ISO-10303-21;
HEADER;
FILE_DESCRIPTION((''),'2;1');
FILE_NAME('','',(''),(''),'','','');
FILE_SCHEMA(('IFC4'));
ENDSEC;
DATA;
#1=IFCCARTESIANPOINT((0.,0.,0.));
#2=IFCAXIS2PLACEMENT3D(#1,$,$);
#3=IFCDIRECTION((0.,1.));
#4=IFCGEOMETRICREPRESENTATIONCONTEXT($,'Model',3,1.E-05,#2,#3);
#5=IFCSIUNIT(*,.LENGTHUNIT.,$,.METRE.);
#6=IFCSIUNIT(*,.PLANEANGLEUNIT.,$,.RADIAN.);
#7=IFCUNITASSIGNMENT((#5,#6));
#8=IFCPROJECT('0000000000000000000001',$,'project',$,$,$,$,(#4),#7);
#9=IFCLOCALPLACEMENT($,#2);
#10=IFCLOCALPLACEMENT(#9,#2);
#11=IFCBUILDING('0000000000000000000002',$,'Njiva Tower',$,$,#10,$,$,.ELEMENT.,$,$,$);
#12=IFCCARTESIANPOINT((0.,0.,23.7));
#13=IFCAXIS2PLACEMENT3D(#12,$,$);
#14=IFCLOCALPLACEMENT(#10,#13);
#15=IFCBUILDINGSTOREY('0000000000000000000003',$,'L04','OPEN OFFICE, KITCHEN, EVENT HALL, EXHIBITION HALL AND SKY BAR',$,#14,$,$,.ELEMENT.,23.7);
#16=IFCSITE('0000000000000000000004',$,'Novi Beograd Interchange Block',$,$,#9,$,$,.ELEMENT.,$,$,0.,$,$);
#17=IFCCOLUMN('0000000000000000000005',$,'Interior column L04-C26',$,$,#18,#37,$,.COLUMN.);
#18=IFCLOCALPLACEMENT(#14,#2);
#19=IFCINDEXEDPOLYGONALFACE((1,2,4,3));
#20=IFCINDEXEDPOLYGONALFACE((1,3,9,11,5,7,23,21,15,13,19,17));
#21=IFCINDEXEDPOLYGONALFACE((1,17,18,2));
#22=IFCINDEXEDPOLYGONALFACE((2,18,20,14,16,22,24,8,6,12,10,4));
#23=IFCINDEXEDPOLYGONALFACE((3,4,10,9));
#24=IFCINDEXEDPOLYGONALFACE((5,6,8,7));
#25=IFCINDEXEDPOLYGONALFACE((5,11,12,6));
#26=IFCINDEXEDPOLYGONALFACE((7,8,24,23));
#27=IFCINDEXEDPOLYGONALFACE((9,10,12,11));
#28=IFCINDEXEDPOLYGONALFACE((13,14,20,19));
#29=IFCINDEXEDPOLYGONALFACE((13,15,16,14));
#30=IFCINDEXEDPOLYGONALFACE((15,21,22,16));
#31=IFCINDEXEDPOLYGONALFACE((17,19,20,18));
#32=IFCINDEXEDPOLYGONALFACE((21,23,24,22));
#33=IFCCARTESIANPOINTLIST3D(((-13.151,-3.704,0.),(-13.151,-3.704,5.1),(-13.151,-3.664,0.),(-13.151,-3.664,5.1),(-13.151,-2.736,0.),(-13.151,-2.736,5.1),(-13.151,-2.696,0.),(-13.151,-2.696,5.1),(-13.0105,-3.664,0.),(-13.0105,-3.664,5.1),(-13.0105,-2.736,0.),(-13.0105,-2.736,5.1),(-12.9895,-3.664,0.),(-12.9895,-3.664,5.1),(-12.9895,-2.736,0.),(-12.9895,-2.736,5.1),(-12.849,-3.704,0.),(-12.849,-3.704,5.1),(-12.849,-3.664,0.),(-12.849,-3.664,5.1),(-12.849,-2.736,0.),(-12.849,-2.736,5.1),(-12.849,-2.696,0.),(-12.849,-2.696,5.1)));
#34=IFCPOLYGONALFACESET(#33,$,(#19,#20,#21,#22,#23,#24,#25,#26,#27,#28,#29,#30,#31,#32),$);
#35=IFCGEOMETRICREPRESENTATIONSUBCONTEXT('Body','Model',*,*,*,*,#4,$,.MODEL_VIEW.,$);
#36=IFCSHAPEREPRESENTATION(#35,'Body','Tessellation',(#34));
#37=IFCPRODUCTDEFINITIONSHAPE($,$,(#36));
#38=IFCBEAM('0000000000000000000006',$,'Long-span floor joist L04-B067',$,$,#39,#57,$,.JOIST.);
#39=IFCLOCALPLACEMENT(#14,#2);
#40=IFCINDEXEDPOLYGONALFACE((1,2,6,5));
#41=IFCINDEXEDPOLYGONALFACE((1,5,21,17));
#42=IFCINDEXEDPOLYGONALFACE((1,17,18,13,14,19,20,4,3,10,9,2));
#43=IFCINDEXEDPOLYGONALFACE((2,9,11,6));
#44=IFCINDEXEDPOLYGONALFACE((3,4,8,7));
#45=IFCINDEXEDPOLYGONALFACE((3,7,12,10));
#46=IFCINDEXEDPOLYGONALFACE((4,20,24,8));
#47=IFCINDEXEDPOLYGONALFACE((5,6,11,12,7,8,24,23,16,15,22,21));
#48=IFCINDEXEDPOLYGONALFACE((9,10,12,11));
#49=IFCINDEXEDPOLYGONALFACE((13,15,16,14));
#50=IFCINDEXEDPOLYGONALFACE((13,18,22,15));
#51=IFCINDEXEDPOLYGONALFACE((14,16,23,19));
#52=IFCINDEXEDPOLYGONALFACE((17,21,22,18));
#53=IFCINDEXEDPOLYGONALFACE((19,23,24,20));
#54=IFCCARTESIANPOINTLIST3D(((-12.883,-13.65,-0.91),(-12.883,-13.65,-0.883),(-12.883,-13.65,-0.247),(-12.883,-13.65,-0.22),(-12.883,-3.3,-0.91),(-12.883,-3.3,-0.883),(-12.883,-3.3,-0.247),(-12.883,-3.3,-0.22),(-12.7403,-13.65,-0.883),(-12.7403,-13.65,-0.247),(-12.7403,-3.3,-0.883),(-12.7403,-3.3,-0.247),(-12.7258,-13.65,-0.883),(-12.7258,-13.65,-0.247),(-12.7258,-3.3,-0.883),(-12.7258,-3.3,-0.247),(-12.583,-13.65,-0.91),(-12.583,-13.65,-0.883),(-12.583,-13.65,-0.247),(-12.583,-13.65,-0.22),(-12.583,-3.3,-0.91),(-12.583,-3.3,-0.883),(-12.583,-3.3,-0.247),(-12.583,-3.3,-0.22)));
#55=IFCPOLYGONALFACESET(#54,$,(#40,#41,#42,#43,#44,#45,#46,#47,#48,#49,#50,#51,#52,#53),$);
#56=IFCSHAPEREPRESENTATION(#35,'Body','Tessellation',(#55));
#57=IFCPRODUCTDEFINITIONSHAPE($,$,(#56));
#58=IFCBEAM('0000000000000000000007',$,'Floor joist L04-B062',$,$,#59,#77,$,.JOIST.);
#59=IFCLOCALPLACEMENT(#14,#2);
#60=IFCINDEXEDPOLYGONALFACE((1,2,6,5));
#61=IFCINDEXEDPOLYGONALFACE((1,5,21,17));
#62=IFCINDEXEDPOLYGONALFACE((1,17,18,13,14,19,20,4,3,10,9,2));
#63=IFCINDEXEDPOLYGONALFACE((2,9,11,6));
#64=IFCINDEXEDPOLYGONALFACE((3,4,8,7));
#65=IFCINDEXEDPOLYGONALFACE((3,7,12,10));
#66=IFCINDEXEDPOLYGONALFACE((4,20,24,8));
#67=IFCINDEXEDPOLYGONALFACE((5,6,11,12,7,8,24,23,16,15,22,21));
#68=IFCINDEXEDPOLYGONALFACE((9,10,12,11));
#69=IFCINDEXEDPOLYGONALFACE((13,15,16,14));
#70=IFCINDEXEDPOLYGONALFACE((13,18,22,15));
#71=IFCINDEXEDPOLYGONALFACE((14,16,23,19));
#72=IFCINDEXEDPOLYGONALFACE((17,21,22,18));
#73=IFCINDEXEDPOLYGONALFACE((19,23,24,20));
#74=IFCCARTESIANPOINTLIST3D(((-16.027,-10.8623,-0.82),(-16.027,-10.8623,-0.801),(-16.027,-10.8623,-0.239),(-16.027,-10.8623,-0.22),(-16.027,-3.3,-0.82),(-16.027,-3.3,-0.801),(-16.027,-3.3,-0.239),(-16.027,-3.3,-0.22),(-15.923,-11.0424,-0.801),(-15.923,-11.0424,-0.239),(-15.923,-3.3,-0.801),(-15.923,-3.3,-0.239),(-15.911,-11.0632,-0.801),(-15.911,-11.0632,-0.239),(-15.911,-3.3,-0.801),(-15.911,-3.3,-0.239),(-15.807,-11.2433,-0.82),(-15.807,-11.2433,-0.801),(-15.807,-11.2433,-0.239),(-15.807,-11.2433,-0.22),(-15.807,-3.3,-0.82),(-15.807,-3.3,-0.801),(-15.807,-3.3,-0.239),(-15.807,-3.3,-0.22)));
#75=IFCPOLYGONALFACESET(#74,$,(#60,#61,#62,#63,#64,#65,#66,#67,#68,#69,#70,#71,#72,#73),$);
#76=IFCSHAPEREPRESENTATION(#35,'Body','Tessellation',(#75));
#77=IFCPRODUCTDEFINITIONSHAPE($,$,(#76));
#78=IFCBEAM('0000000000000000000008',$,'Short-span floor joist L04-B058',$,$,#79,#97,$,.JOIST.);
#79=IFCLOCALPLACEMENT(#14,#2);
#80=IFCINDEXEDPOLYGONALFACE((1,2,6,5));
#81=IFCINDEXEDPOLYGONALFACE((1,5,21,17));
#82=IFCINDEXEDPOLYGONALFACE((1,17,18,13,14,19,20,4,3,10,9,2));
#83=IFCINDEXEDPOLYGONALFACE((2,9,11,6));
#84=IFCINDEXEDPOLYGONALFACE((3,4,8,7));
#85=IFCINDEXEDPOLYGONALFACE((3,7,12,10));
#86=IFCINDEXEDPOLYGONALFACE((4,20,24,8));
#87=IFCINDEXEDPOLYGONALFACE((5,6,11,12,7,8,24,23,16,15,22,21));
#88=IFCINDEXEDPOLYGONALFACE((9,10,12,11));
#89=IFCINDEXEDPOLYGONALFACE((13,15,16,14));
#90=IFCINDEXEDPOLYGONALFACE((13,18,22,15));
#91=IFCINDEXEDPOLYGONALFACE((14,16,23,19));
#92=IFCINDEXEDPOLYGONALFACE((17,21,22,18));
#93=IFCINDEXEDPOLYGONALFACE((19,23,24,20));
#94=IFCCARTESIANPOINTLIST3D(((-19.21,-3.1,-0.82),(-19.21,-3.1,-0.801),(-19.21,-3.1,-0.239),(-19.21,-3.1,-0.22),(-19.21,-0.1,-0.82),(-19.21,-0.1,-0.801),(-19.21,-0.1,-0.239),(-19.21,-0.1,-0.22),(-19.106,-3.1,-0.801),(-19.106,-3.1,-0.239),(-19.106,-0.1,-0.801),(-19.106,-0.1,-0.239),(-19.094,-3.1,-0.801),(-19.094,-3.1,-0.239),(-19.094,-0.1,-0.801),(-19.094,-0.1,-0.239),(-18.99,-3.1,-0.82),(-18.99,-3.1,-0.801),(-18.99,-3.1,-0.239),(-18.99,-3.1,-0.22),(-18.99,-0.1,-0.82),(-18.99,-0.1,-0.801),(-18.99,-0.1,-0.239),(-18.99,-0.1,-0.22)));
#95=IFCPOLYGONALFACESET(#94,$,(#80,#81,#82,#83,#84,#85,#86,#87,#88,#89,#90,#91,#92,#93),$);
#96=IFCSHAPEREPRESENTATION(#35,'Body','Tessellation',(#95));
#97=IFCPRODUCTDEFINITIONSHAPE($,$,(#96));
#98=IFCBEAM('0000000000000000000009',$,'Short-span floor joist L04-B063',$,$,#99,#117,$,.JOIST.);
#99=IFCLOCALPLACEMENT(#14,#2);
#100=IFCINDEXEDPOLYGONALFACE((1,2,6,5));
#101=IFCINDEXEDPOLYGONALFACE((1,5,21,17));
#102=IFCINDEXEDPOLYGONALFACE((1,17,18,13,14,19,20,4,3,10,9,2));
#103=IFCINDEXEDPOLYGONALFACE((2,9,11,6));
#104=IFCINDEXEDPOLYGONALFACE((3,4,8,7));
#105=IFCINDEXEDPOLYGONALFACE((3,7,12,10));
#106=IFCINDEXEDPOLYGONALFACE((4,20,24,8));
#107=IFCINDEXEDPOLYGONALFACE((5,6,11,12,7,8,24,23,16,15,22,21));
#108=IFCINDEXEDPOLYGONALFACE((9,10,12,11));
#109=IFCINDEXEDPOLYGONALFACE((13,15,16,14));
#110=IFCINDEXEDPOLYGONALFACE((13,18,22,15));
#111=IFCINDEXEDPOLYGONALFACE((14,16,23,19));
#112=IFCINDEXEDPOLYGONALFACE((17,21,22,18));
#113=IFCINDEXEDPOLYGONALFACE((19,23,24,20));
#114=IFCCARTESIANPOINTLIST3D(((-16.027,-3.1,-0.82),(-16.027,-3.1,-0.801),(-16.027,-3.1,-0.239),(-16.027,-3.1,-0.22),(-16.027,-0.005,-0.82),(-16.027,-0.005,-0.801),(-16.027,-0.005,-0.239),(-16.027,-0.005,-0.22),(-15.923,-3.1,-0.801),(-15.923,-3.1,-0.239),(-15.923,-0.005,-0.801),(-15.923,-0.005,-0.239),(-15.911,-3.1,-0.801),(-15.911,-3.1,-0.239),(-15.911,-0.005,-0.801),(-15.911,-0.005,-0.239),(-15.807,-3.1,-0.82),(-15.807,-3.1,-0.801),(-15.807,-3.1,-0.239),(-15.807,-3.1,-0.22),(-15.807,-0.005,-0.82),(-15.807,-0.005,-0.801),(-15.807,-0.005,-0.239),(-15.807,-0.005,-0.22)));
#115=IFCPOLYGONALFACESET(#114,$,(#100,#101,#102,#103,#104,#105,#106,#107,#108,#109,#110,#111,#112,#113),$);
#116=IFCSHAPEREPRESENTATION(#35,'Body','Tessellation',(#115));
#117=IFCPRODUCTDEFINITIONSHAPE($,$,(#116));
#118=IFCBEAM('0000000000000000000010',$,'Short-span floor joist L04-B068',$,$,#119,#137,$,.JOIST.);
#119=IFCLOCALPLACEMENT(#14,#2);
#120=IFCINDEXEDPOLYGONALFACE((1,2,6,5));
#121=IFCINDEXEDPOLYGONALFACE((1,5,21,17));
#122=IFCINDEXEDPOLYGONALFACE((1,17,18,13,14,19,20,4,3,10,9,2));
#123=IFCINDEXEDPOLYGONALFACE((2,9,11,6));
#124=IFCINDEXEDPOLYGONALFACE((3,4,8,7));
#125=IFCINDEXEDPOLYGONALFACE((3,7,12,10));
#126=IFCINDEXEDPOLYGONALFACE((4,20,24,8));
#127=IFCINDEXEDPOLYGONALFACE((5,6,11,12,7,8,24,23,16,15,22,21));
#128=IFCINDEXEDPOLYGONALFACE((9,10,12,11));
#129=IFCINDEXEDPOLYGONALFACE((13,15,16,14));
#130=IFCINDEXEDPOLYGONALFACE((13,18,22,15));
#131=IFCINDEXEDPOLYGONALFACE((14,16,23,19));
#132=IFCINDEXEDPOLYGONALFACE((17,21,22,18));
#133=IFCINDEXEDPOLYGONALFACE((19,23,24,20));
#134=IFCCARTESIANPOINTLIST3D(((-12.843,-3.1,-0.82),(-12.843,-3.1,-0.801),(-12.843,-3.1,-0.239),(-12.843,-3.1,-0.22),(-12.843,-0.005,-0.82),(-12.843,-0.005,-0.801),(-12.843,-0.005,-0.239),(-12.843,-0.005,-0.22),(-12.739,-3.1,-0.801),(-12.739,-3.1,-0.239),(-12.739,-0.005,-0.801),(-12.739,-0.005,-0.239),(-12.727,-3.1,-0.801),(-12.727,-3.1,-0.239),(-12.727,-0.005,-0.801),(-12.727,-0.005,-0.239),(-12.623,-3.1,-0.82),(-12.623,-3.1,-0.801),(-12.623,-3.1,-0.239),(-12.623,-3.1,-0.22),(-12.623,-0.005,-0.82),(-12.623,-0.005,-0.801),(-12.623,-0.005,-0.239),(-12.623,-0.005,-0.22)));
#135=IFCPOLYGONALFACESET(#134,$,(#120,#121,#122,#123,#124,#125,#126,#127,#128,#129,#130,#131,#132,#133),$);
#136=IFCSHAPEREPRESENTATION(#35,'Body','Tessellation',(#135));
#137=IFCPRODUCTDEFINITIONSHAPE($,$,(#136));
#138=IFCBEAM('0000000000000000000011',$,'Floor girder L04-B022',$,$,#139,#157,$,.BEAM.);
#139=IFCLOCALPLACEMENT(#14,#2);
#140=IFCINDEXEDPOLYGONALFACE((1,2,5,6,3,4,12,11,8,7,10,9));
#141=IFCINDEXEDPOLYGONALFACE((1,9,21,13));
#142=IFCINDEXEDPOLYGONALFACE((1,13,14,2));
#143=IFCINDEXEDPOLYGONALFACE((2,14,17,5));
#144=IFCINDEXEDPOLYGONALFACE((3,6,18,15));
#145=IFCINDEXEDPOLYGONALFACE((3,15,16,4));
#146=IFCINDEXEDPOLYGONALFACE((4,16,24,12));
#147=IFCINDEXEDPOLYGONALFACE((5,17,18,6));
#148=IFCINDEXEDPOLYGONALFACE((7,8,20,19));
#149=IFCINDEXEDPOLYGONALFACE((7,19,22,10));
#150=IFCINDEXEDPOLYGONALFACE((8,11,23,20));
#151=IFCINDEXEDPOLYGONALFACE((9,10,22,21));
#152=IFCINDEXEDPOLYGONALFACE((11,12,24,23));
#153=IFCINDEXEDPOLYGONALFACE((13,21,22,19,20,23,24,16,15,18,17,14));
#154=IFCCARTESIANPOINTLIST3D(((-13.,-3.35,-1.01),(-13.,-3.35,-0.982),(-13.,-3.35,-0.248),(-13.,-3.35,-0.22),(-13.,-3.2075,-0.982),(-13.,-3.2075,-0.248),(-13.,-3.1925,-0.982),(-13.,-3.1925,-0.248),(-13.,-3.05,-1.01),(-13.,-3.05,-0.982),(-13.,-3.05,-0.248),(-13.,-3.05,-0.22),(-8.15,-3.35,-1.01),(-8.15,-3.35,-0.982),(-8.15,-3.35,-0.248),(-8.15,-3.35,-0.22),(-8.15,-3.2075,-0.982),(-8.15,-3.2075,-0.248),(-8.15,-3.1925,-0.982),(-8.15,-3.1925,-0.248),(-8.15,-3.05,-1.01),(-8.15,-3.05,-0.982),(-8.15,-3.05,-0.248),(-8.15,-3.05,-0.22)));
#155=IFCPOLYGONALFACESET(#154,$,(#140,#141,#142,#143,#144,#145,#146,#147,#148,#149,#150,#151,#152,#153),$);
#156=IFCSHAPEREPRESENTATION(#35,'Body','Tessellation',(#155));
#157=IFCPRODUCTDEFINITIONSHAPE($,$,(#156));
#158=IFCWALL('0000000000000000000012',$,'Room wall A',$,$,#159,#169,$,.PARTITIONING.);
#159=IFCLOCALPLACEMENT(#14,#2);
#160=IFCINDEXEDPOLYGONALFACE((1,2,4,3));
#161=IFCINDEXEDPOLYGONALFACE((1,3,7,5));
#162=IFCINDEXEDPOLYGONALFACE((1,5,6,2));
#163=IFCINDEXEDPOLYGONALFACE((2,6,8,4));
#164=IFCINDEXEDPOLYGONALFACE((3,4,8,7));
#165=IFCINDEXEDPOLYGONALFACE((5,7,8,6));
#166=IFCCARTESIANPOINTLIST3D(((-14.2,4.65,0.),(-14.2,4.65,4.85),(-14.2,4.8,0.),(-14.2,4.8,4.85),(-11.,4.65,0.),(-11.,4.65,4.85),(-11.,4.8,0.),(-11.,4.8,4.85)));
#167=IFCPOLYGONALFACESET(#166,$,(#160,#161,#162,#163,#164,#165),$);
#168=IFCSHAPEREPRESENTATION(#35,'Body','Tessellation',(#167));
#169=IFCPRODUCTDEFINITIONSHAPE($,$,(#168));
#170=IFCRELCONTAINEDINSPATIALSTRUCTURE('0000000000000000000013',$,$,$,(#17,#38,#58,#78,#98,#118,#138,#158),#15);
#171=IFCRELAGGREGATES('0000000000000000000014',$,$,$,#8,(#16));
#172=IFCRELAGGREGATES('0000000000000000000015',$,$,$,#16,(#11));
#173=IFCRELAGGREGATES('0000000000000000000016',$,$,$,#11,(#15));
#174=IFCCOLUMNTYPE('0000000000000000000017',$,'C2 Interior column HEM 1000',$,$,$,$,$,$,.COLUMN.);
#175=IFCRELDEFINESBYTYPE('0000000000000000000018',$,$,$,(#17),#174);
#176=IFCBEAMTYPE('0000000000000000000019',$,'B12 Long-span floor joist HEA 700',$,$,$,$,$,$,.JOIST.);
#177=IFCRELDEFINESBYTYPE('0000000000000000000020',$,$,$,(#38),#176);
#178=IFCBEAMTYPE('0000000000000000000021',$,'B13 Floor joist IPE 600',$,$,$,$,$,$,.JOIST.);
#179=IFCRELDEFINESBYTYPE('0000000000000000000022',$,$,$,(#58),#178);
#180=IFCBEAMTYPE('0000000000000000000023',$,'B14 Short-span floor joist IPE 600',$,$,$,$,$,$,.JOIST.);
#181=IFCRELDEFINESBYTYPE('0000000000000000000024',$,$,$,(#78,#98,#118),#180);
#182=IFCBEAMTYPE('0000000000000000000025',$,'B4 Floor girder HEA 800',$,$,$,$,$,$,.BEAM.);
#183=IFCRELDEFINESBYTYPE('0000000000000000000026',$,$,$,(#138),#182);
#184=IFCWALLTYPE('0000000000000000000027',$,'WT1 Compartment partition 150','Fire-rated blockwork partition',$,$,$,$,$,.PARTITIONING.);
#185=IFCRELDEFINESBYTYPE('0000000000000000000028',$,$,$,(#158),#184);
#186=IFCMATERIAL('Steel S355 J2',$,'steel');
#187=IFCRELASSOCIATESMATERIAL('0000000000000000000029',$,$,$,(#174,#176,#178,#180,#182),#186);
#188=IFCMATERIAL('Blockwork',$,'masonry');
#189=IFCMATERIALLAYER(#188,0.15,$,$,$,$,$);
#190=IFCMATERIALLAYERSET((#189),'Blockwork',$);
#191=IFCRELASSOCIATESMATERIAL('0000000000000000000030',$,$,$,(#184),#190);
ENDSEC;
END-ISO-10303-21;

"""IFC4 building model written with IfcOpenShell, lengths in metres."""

from ifc_helpers import new_model, si_unit, direction, frame, frame_2d, origin, origin_2d, place, context, subcontext, project, spatial, rectangle, i_section, extrude, clip, halfspace, material, layer, layer_set, material_profile, profile_set, type_object, element, save


model = new_model("IFC4")

# Units and contexts
model_context = context("Model", 3, precision=1e-05, world=origin(), true_north=direction((0.0, 1.0)))
body_context = subcontext(model_context, "Body", "Model", "MODEL_VIEW")
ifc_project = project(units=[si_unit("LENGTHUNIT", "METRE"), si_unit("PLANEANGLEUNIT", "RADIAN")], contexts=[model_context])

# Site, building, storey
site_placement = place(None, origin())
site = spatial("IfcSite", under=ifc_project, at=site_placement, Name="Novi Beograd Interchange Block", CompositionType="ELEMENT", RefElevation=0.0)
building_placement = place(site_placement, origin())
building = spatial("IfcBuilding", under=site, at=building_placement, Name="Njiva Tower", CompositionType="ELEMENT")
storey_placement = place(building_placement, frame((0.0, 0.0, 23.7)))
storey = spatial("IfcBuildingStorey", under=building, at=storey_placement, Name="L04", Description="OPEN OFFICE, KITCHEN, EVENT HALL, EXHIBITION HALL AND SKY BAR", CompositionType="ELEMENT", Elevation=23.7)

# Column
ifc_material_1 = material(Name="Steel S355 J2", Category="steel")
ifc_material_profile_1 = material_profile(ifc_material_1, i_section(OverallWidth=0.302, OverallDepth=1.008, WebThickness=0.021, FlangeThickness=0.04, at=origin_2d()), Name="HEM 1000")
ifc_profile_set_1 = profile_set([ifc_material_profile_1], Name="Steel S355 J2")
column_type = type_object("IfcColumnType", Name="C2 Interior column HEM 1000", PredefinedType="COLUMN", material=ifc_profile_set_1)
column_placement = place(storey_placement, frame((-13.0, -3.2, 0.0), z_axis=(0.0, 0.0, 1.0), x_axis=(1.0, 0.0, 0.0)))
element("IfcColumn", 1, at=column_placement, inside=storey, type_object=column_type, Name="Interior column L04-C26", PredefinedType="COLUMN", context=body_context, shape_type="SweptSolid", body=[
    extrude(i_section(OverallWidth=0.302, OverallDepth=1.008, WebThickness=0.021, FlangeThickness=0.04, at=origin_2d()), origin(), (0.0, 0.0, 1.0), 5.1),
])

# Beams
ifc_material_profile_2 = material_profile(ifc_material_1, i_section(OverallWidth=0.3, OverallDepth=0.69, WebThickness=0.0145, FlangeThickness=0.027, at=origin_2d()), Name="HEA 700")
ifc_profile_set_2 = profile_set([ifc_material_profile_2], Name="Steel S355 J2")
beam_type_1 = type_object("IfcBeamType", Name="B12 Long-span floor joist HEA 700", PredefinedType="JOIST", material=ifc_profile_set_2)
beam_1_placement = place(storey_placement, frame((-12.733, -3.3, -0.565), z_axis=(0.0, -1.0, 0.0), x_axis=(1.0, 0.0, 0.0)))
element("IfcBeam", 2, at=beam_1_placement, inside=storey, type_object=beam_type_1, Name="Long-span floor joist L04-B067", PredefinedType="JOIST", context=body_context, shape_type="SweptSolid", body=[
    extrude(i_section(OverallWidth=0.3, OverallDepth=0.69, WebThickness=0.0145, FlangeThickness=0.027, at=origin_2d()), origin(), (0.0, 0.0, 1.0), 10.35),
])
ifc_material_profile_3 = material_profile(ifc_material_1, i_section(OverallWidth=0.22, OverallDepth=0.6, WebThickness=0.012, FlangeThickness=0.019, at=origin_2d()), Name="IPE 600")
ifc_profile_set_3 = profile_set([ifc_material_profile_3], Name="Steel S355 J2")
beam_type_2 = type_object("IfcBeamType", Name="B13 Floor joist IPE 600", PredefinedType="JOIST", material=ifc_profile_set_3)
beam_2_placement = place(storey_placement, frame((-15.917, -3.3, -0.52), z_axis=(0.0, -1.0, 0.0), x_axis=(1.0, 0.0, 0.0)))
element("IfcBeam", 3, at=beam_2_placement, inside=storey, type_object=beam_type_2, Name="Floor joist L04-B062", PredefinedType="JOIST", context=body_context, shape_type="Clipping", body=[
    clip(extrude(i_section(OverallWidth=0.22, OverallDepth=0.6, WebThickness=0.012, FlangeThickness=0.019, at=origin_2d()), origin(), (0.0, 0.0, 1.0), 7.964), halfspace(frame((-0.043, 0.0, 7.6783), z_axis=(-0.866027, 0.0, 0.499998), x_axis=(0.0, 1.0, 0.0)), False)),
])
ifc_material_profile_4 = material_profile(ifc_material_1, i_section(OverallWidth=0.22, OverallDepth=0.6, WebThickness=0.012, FlangeThickness=0.019, at=origin_2d()), Name="IPE 600")
ifc_profile_set_4 = profile_set([ifc_material_profile_4], Name="Steel S355 J2")
beam_type_3 = type_object("IfcBeamType", Name="B14 Short-span floor joist IPE 600", PredefinedType="JOIST", material=ifc_profile_set_4)
beam_3_placement = place(storey_placement, frame((-19.1, -0.1, -0.52), z_axis=(0.0, -1.0, 0.0), x_axis=(1.0, 0.0, 0.0)))
element("IfcBeam", 4, at=beam_3_placement, inside=storey, type_object=beam_type_3, Name="Short-span floor joist L04-B058", PredefinedType="JOIST", context=body_context, shape_type="SweptSolid", body=[
    extrude(i_section(OverallWidth=0.22, OverallDepth=0.6, WebThickness=0.012, FlangeThickness=0.019, at=origin_2d()), origin(), (0.0, 0.0, 1.0), 3.0),
])
for number, where, z_axis, x_axis, name in (
    (5, (-15.917, -0.005, -0.52), (0.0, -1.0, 0.0), (1.0, 0.0, 0.0), "Short-span floor joist L04-B063"),
    (6, (-12.733, -0.005, -0.52), (0.0, -1.0, 0.0), (1.0, 0.0, 0.0), "Short-span floor joist L04-B068"),
):
    element("IfcBeam", number, at=place(storey_placement, frame(where, z_axis=z_axis, x_axis=x_axis)), inside=storey, type_object=beam_type_3, Name=name, PredefinedType="JOIST", context=body_context, shape_type="SweptSolid", body=[
        extrude(i_section(OverallWidth=0.22, OverallDepth=0.6, WebThickness=0.012, FlangeThickness=0.019, at=origin_2d()), origin(), (0.0, 0.0, 1.0), 3.095),
    ])
ifc_material_profile_5 = material_profile(ifc_material_1, i_section(OverallWidth=0.3, OverallDepth=0.79, WebThickness=0.015, FlangeThickness=0.028, at=origin_2d()), Name="HEA 800")
ifc_profile_set_5 = profile_set([ifc_material_profile_5], Name="Steel S355 J2")
beam_type_4 = type_object("IfcBeamType", Name="B4 Floor girder HEA 800", PredefinedType="BEAM", material=ifc_profile_set_5)
beam_4_placement = place(storey_placement, frame((-13.0, -3.2, -0.615), z_axis=(1.0, 0.0, 0.0), x_axis=(0.0, 1.0, 0.0)))
element("IfcBeam", 7, at=beam_4_placement, inside=storey, type_object=beam_type_4, Name="Floor girder L04-B022", PredefinedType="BEAM", context=body_context, shape_type="SweptSolid", body=[
    extrude(i_section(OverallWidth=0.3, OverallDepth=0.79, WebThickness=0.015, FlangeThickness=0.028, at=origin_2d()), origin(), (0.0, 0.0, 1.0), 4.85),
])

# Wall
ifc_material_2 = material(Name="Blockwork", Category="masonry")
ifc_layer_1 = layer(ifc_material_2, 0.15)
ifc_layer_set_1 = layer_set([ifc_layer_1], Name="Blockwork")
wall_type_1 = type_object("IfcWallType", Name="WT1 Compartment partition 150", Description="Fire-rated blockwork partition", PredefinedType="PARTITIONING", material=ifc_layer_set_1)
wall_1_placement = place(storey_placement, frame((-14.2, 4.725, 0.0), z_axis=(0.0, 0.0, 1.0), x_axis=(1.0, 0.0, 0.0)))
element("IfcWall", 8, at=wall_1_placement, inside=storey, type_object=wall_type_1, Name="Room wall A", PredefinedType="PARTITIONING", context=body_context, shape_type="SweptSolid", body=[
    extrude(rectangle(XDim=3.2, YDim=0.15, at=frame_2d((1.6, 0.0))), origin(), (0.0, 0.0, 1.0), 4.85),
])

save(model, "model.ifc")
